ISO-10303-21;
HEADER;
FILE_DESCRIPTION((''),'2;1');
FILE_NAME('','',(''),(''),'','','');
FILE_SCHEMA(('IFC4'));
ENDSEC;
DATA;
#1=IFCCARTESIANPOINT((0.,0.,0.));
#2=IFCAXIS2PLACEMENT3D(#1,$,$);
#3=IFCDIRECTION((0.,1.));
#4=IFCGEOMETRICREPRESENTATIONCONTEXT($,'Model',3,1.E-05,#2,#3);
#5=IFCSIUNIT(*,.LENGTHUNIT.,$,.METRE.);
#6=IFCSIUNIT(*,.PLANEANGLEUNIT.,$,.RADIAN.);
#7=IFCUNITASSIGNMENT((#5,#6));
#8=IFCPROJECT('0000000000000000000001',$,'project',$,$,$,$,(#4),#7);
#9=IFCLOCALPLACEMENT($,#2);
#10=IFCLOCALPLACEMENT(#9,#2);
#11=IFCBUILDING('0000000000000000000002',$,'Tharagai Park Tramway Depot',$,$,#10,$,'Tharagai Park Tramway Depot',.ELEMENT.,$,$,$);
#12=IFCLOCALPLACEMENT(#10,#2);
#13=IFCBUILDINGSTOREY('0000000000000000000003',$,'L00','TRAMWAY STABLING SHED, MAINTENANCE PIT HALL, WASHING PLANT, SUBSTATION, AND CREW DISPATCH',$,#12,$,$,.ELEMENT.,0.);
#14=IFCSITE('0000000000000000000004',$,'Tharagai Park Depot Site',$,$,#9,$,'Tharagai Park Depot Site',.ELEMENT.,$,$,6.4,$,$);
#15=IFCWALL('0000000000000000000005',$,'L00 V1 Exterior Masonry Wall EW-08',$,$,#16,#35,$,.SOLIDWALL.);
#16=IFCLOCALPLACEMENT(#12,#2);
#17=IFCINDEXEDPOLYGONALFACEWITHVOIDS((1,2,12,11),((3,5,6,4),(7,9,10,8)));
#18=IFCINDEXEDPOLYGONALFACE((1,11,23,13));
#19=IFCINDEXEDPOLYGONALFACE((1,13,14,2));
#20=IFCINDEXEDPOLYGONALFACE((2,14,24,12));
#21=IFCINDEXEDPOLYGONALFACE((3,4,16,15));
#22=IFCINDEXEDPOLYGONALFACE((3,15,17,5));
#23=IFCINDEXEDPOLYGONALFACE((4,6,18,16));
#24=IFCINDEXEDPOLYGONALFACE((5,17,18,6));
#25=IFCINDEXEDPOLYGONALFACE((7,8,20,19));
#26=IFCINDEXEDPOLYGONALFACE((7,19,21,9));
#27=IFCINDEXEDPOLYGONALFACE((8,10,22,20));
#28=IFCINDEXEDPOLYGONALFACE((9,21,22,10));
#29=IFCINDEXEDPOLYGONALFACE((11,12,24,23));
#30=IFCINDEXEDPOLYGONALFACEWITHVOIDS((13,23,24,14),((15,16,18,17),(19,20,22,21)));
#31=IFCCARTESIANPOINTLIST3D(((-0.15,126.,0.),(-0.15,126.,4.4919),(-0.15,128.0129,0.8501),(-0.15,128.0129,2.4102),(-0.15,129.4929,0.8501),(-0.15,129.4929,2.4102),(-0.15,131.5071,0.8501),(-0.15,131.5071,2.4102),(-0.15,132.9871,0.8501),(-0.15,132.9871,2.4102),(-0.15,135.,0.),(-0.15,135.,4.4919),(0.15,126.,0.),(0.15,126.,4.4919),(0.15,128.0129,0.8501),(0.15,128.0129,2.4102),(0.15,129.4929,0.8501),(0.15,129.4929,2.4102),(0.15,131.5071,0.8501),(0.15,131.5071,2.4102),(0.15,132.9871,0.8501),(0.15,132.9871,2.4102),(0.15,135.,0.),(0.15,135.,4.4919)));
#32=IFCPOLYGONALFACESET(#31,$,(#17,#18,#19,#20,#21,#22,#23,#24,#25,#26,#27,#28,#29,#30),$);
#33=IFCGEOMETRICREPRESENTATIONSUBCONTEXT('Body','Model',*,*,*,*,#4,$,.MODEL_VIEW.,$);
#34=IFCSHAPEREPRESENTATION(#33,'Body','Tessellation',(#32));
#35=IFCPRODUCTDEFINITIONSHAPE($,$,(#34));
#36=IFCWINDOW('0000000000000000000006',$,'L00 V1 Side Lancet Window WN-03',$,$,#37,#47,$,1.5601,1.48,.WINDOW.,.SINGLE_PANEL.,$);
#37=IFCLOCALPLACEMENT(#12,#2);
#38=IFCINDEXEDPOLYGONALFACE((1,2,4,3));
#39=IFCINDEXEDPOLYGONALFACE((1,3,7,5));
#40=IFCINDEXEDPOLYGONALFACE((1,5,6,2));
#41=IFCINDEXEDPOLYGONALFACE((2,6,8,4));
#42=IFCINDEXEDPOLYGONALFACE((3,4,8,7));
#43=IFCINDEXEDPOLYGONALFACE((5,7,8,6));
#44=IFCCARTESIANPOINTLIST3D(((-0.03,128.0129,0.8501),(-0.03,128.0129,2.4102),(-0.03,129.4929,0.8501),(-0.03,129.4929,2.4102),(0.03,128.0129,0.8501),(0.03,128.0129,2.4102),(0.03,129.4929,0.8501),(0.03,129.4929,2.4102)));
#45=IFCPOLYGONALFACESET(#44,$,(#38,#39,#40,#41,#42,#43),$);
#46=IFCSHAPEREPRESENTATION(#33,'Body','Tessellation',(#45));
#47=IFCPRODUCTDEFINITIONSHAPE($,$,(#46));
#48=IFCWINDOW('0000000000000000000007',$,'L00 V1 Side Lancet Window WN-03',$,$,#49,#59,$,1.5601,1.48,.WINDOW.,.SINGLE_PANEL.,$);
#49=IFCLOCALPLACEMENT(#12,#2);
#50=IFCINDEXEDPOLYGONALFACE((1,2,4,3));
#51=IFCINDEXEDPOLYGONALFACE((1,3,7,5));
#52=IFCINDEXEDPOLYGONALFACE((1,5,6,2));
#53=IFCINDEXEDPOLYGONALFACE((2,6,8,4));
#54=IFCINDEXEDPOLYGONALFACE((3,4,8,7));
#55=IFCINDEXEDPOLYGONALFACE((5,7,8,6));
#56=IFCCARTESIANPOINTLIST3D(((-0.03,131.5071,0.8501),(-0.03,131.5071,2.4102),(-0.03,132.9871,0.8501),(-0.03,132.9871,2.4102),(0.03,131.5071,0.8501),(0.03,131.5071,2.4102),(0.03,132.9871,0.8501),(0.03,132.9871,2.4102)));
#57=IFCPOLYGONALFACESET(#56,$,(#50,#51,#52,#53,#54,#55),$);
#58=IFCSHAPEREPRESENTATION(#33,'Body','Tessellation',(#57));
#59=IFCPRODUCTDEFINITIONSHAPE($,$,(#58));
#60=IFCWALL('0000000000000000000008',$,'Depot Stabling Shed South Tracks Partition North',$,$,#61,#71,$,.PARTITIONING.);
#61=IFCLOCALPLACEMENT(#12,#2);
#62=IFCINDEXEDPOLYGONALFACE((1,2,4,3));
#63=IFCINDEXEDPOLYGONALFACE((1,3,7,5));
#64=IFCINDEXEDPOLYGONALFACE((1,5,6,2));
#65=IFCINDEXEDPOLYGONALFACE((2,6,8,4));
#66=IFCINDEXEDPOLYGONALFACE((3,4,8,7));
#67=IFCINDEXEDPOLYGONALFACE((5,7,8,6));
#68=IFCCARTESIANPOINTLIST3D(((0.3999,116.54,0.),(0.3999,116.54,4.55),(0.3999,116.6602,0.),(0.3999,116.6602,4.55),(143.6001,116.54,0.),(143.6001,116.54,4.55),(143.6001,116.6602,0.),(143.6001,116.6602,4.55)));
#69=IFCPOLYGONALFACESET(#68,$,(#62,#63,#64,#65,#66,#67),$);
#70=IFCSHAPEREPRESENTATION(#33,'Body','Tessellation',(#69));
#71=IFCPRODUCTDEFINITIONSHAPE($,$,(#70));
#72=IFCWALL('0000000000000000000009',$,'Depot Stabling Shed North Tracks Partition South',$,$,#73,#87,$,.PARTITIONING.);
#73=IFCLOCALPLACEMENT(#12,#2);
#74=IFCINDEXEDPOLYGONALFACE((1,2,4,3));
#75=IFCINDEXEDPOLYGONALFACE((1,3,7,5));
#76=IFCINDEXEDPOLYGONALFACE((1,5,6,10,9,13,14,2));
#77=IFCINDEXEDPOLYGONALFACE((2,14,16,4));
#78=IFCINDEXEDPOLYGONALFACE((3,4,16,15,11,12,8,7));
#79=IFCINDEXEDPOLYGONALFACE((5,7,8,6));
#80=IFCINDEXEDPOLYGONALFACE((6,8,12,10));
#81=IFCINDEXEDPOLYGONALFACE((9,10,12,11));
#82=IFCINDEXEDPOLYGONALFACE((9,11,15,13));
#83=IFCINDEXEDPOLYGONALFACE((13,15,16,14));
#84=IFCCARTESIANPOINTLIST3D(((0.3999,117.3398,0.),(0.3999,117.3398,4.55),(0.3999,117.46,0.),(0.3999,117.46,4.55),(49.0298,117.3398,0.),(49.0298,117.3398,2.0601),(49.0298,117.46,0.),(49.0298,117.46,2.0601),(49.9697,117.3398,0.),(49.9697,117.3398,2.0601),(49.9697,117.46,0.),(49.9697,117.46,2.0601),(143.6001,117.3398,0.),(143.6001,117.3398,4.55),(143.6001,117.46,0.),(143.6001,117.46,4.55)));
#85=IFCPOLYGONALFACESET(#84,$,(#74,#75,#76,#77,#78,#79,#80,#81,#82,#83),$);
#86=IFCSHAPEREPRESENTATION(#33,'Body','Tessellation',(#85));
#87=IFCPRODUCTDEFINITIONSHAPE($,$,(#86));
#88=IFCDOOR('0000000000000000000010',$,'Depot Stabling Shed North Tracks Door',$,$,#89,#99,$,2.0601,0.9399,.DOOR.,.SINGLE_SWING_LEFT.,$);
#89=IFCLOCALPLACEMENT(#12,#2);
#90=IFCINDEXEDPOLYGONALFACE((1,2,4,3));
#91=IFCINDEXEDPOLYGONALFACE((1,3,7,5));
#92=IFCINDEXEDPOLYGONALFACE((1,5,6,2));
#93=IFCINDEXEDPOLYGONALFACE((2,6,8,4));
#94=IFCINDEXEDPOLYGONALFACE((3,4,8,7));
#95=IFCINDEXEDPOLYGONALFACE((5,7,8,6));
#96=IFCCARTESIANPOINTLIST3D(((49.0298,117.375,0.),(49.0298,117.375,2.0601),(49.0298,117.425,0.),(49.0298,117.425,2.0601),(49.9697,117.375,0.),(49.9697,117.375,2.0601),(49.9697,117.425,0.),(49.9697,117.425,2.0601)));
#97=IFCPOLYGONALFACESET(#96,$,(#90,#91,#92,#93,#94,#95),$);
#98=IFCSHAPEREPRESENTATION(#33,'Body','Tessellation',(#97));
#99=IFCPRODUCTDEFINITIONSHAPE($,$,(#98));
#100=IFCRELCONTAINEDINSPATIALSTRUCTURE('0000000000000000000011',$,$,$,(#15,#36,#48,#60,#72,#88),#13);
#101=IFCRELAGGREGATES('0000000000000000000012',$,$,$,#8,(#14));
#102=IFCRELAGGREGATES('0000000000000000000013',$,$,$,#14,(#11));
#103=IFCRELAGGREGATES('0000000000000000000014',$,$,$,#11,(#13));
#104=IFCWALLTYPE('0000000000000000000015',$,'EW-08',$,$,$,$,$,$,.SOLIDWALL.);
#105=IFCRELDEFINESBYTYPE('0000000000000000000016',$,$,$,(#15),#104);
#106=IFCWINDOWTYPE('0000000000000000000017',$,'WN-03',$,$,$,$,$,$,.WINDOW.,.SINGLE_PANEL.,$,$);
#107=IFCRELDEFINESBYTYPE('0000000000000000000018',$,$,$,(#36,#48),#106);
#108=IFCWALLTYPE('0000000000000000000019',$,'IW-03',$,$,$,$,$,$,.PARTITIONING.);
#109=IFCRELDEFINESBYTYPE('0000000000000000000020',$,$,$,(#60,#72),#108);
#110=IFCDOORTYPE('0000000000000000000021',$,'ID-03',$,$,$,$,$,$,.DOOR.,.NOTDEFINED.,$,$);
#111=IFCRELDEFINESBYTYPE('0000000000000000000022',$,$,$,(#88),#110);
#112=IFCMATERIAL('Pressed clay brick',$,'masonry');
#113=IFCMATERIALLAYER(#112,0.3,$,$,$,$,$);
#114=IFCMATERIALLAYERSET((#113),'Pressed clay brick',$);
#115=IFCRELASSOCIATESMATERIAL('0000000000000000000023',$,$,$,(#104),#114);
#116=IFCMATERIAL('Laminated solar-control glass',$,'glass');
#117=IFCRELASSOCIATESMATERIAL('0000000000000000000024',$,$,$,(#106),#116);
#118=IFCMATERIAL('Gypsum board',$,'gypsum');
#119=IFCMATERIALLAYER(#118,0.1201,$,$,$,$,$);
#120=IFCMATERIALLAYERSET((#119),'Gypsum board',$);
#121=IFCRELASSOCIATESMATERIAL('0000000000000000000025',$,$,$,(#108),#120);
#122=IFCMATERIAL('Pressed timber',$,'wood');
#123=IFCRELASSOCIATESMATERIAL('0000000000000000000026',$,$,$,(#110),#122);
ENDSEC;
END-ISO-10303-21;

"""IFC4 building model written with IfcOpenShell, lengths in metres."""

from ifc_helpers import new_model, si_unit, direction, frame, frame_2d, origin, place, context, subcontext, project, spatial, rectangle, extrude, material, layer, layer_set, type_object, element, fill, save


model = new_model("IFC4")

# Units and contexts
model_context = context("Model", 3, precision=1e-05, world=origin(), true_north=direction((0.0, 1.0)))
body_context = subcontext(model_context, "Body", "Model", "MODEL_VIEW")
ifc_project = project(units=[si_unit("LENGTHUNIT", "METRE"), si_unit("PLANEANGLEUNIT", "RADIAN")], contexts=[model_context])

# Site, building, storey
site_placement = place(None, origin())
site = spatial("IfcSite", under=ifc_project, at=site_placement, Name="Tharagai Park Depot Site", LongName="Tharagai Park Depot Site", CompositionType="ELEMENT", RefElevation=6.4)
building_placement = place(site_placement, origin())
building = spatial("IfcBuilding", under=site, at=building_placement, Name="Tharagai Park Tramway Depot", LongName="Tharagai Park Tramway Depot", CompositionType="ELEMENT")
storey_placement = place(building_placement, origin())
storey = spatial("IfcBuildingStorey", under=building, at=storey_placement, Name="L00", Description="TRAMWAY STABLING SHED, MAINTENANCE PIT HALL, WASHING PLANT, SUBSTATION, AND CREW DISPATCH", CompositionType="ELEMENT", Elevation=0.0)

# Wall, openings, windows
ifc_material_1 = material(Name="Pressed clay brick", Category="masonry")
ifc_layer_1 = layer(ifc_material_1, 0.3)
ifc_layer_set_1 = layer_set([ifc_layer_1], Name="Pressed clay brick")
wall_type_1 = type_object("IfcWallType", Name="EW-08", PredefinedType="SOLIDWALL", material=ifc_layer_set_1)
ifc_material_2 = material(Name="Laminated solar-control glass", Category="glass")
wall_1_placement = place(storey_placement, frame((0.0, 126.0, 0.0), z_axis=(0.0, 0.0, 1.0), x_axis=(0.0, 1.0, 0.0)))
wall_1 = element("IfcWall", 1, at=wall_1_placement, inside=storey, type_object=wall_type_1, Name="L00 V1 Exterior Masonry Wall EW-08", PredefinedType="SOLIDWALL", context=body_context, shape_type="SweptSolid", body=[
    extrude(rectangle(XDim=9.0, YDim=0.3, at=frame_2d((4.5, 0.0))), origin(), (0.0, 0.0, 1.0), 4.4919),
])
opening_1_placement = place(wall_1_placement, frame((2.0129, 0.0, 0.8501)))
opening_1 = element("IfcOpeningElement", 2, at=opening_1_placement, cuts=wall_1, PredefinedType="OPENING", context=body_context, shape_type="SweptSolid", body=[
    extrude(rectangle(XDim=1.48, YDim=1.5601, at=frame_2d((0.74, 0.78))), frame((0.0, 0.1599, 0.0), z_axis=(0.0, -1.0, 0.0), x_axis=(1.0, 0.0, 0.0)), (0.0, 0.0, 1.0), 0.3201),
])
opening_2_placement = place(wall_1_placement, frame((5.5071, 0.0, 0.8501)))
opening_2 = element("IfcOpeningElement", 3, at=opening_2_placement, cuts=wall_1, PredefinedType="OPENING", context=body_context, shape_type="SweptSolid", body=[
    extrude(rectangle(XDim=1.48, YDim=1.5601, at=frame_2d((0.74, 0.78))), frame((0.0, 0.1599, 0.0), z_axis=(0.0, -1.0, 0.0), x_axis=(1.0, 0.0, 0.0)), (0.0, 0.0, 1.0), 0.3201),
])
window_type_1 = type_object("IfcWindowType", Name="WN-03", PartitioningType="SINGLE_PANEL", PredefinedType="WINDOW", material=ifc_material_2)
window_1_placement = place(opening_1_placement, origin())
window_1 = element("IfcWindow", 4, at=window_1_placement, inside=storey, type_object=window_type_1, Name="L00 V1 Side Lancet Window WN-03", OverallHeight=1.5601, OverallWidth=1.48, PartitioningType="SINGLE_PANEL", PredefinedType="WINDOW", context=body_context, shape_type="SweptSolid", body=[
    extrude(rectangle(XDim=1.48, YDim=1.5601, at=frame_2d((0.74, 0.78))), frame((0.0, 0.03, 0.0), z_axis=(0.0, -1.0, 0.0), x_axis=(1.0, 0.0, 0.0)), (0.0, 0.0, 1.0), 0.0601),
])
fill(opening_1, window_1)
window_2_placement = place(opening_2_placement, origin())
window_2 = element("IfcWindow", 5, at=window_2_placement, inside=storey, type_object=window_type_1, Name="L00 V1 Side Lancet Window WN-03", OverallHeight=1.5601, OverallWidth=1.48, PartitioningType="SINGLE_PANEL", PredefinedType="WINDOW", context=body_context, shape_type="SweptSolid", body=[
    extrude(rectangle(XDim=1.48, YDim=1.5601, at=frame_2d((0.74, 0.78))), frame((0.0, 0.03, 0.0), z_axis=(0.0, -1.0, 0.0), x_axis=(1.0, 0.0, 0.0)), (0.0, 0.0, 1.0), 0.0601),
])
fill(opening_2, window_2)

# Wall
ifc_material_3 = material(Name="Gypsum board", Category="gypsum")
ifc_layer_2 = layer(ifc_material_3, 0.1201)
ifc_layer_set_2 = layer_set([ifc_layer_2], Name="Gypsum board")
wall_type_2 = type_object("IfcWallType", Name="IW-03", PredefinedType="PARTITIONING", material=ifc_layer_set_2)
wall_2_placement = place(storey_placement, frame((0.3999, 116.6001, 0.0), z_axis=(0.0, 0.0, 1.0), x_axis=(1.0, 0.0, 0.0)))
element("IfcWall", 6, at=wall_2_placement, inside=storey, type_object=wall_type_2, Name="Depot Stabling Shed South Tracks Partition North", PredefinedType="PARTITIONING", context=body_context, shape_type="SweptSolid", body=[
    extrude(rectangle(XDim=143.2002, YDim=0.1201, at=frame_2d((71.6001, 0.0))), origin(), (0.0, 0.0, 1.0), 4.55),
])

# Wall, opening, door
wall_3_placement = place(storey_placement, frame((0.3999, 117.3999, 0.0), z_axis=(0.0, 0.0, 1.0), x_axis=(1.0, 0.0, 0.0)))
wall_3 = element("IfcWall", 7, at=wall_3_placement, inside=storey, type_object=wall_type_2, Name="Depot Stabling Shed North Tracks Partition South", PredefinedType="PARTITIONING", context=body_context, shape_type="SweptSolid", body=[
    extrude(rectangle(XDim=143.2002, YDim=0.1201, at=frame_2d((71.6001, 0.0))), origin(), (0.0, 0.0, 1.0), 4.55),
])
opening_3_placement = place(wall_3_placement, frame((48.6299, 0.0, 0.0)))
opening_3 = element("IfcOpeningElement", 8, at=opening_3_placement, cuts=wall_3, PredefinedType="OPENING", context=body_context, shape_type="SweptSolid", body=[
    extrude(rectangle(XDim=0.9399, YDim=2.0601, at=frame_2d((0.47, 1.03))), frame((0.0, 0.0701, 0.0), z_axis=(0.0, -1.0, 0.0), x_axis=(1.0, 0.0, 0.0)), (0.0, 0.0, 1.0), 0.1401),
])
ifc_material_4 = material(Name="Pressed timber", Category="wood")
door_type = type_object("IfcDoorType", Name="ID-03", OperationType="NOTDEFINED", PredefinedType="DOOR", material=ifc_material_4)
door_placement = place(opening_3_placement, frame((0.9399, 0.0, 0.0), z_axis=(0.0, 0.0, 1.0), x_axis=(-1.0, 0.0, 0.0)))
door = element("IfcDoor", 9, at=door_placement, inside=storey, type_object=door_type, Name="Depot Stabling Shed North Tracks Door", OperationType="SINGLE_SWING_LEFT", OverallHeight=2.0601, OverallWidth=0.9399, PredefinedType="DOOR", context=body_context, shape_type="SweptSolid", body=[
    extrude(rectangle(XDim=0.9399, YDim=2.0601, at=frame_2d((0.47, 1.03))), frame((0.0, 0.0249, 0.0), z_axis=(0.0, -1.0, 0.0), x_axis=(1.0, 0.0, 0.0)), (0.0, 0.0, 1.0), 0.05),
])
fill(opening_3, door)

save(model, "model.ifc")
